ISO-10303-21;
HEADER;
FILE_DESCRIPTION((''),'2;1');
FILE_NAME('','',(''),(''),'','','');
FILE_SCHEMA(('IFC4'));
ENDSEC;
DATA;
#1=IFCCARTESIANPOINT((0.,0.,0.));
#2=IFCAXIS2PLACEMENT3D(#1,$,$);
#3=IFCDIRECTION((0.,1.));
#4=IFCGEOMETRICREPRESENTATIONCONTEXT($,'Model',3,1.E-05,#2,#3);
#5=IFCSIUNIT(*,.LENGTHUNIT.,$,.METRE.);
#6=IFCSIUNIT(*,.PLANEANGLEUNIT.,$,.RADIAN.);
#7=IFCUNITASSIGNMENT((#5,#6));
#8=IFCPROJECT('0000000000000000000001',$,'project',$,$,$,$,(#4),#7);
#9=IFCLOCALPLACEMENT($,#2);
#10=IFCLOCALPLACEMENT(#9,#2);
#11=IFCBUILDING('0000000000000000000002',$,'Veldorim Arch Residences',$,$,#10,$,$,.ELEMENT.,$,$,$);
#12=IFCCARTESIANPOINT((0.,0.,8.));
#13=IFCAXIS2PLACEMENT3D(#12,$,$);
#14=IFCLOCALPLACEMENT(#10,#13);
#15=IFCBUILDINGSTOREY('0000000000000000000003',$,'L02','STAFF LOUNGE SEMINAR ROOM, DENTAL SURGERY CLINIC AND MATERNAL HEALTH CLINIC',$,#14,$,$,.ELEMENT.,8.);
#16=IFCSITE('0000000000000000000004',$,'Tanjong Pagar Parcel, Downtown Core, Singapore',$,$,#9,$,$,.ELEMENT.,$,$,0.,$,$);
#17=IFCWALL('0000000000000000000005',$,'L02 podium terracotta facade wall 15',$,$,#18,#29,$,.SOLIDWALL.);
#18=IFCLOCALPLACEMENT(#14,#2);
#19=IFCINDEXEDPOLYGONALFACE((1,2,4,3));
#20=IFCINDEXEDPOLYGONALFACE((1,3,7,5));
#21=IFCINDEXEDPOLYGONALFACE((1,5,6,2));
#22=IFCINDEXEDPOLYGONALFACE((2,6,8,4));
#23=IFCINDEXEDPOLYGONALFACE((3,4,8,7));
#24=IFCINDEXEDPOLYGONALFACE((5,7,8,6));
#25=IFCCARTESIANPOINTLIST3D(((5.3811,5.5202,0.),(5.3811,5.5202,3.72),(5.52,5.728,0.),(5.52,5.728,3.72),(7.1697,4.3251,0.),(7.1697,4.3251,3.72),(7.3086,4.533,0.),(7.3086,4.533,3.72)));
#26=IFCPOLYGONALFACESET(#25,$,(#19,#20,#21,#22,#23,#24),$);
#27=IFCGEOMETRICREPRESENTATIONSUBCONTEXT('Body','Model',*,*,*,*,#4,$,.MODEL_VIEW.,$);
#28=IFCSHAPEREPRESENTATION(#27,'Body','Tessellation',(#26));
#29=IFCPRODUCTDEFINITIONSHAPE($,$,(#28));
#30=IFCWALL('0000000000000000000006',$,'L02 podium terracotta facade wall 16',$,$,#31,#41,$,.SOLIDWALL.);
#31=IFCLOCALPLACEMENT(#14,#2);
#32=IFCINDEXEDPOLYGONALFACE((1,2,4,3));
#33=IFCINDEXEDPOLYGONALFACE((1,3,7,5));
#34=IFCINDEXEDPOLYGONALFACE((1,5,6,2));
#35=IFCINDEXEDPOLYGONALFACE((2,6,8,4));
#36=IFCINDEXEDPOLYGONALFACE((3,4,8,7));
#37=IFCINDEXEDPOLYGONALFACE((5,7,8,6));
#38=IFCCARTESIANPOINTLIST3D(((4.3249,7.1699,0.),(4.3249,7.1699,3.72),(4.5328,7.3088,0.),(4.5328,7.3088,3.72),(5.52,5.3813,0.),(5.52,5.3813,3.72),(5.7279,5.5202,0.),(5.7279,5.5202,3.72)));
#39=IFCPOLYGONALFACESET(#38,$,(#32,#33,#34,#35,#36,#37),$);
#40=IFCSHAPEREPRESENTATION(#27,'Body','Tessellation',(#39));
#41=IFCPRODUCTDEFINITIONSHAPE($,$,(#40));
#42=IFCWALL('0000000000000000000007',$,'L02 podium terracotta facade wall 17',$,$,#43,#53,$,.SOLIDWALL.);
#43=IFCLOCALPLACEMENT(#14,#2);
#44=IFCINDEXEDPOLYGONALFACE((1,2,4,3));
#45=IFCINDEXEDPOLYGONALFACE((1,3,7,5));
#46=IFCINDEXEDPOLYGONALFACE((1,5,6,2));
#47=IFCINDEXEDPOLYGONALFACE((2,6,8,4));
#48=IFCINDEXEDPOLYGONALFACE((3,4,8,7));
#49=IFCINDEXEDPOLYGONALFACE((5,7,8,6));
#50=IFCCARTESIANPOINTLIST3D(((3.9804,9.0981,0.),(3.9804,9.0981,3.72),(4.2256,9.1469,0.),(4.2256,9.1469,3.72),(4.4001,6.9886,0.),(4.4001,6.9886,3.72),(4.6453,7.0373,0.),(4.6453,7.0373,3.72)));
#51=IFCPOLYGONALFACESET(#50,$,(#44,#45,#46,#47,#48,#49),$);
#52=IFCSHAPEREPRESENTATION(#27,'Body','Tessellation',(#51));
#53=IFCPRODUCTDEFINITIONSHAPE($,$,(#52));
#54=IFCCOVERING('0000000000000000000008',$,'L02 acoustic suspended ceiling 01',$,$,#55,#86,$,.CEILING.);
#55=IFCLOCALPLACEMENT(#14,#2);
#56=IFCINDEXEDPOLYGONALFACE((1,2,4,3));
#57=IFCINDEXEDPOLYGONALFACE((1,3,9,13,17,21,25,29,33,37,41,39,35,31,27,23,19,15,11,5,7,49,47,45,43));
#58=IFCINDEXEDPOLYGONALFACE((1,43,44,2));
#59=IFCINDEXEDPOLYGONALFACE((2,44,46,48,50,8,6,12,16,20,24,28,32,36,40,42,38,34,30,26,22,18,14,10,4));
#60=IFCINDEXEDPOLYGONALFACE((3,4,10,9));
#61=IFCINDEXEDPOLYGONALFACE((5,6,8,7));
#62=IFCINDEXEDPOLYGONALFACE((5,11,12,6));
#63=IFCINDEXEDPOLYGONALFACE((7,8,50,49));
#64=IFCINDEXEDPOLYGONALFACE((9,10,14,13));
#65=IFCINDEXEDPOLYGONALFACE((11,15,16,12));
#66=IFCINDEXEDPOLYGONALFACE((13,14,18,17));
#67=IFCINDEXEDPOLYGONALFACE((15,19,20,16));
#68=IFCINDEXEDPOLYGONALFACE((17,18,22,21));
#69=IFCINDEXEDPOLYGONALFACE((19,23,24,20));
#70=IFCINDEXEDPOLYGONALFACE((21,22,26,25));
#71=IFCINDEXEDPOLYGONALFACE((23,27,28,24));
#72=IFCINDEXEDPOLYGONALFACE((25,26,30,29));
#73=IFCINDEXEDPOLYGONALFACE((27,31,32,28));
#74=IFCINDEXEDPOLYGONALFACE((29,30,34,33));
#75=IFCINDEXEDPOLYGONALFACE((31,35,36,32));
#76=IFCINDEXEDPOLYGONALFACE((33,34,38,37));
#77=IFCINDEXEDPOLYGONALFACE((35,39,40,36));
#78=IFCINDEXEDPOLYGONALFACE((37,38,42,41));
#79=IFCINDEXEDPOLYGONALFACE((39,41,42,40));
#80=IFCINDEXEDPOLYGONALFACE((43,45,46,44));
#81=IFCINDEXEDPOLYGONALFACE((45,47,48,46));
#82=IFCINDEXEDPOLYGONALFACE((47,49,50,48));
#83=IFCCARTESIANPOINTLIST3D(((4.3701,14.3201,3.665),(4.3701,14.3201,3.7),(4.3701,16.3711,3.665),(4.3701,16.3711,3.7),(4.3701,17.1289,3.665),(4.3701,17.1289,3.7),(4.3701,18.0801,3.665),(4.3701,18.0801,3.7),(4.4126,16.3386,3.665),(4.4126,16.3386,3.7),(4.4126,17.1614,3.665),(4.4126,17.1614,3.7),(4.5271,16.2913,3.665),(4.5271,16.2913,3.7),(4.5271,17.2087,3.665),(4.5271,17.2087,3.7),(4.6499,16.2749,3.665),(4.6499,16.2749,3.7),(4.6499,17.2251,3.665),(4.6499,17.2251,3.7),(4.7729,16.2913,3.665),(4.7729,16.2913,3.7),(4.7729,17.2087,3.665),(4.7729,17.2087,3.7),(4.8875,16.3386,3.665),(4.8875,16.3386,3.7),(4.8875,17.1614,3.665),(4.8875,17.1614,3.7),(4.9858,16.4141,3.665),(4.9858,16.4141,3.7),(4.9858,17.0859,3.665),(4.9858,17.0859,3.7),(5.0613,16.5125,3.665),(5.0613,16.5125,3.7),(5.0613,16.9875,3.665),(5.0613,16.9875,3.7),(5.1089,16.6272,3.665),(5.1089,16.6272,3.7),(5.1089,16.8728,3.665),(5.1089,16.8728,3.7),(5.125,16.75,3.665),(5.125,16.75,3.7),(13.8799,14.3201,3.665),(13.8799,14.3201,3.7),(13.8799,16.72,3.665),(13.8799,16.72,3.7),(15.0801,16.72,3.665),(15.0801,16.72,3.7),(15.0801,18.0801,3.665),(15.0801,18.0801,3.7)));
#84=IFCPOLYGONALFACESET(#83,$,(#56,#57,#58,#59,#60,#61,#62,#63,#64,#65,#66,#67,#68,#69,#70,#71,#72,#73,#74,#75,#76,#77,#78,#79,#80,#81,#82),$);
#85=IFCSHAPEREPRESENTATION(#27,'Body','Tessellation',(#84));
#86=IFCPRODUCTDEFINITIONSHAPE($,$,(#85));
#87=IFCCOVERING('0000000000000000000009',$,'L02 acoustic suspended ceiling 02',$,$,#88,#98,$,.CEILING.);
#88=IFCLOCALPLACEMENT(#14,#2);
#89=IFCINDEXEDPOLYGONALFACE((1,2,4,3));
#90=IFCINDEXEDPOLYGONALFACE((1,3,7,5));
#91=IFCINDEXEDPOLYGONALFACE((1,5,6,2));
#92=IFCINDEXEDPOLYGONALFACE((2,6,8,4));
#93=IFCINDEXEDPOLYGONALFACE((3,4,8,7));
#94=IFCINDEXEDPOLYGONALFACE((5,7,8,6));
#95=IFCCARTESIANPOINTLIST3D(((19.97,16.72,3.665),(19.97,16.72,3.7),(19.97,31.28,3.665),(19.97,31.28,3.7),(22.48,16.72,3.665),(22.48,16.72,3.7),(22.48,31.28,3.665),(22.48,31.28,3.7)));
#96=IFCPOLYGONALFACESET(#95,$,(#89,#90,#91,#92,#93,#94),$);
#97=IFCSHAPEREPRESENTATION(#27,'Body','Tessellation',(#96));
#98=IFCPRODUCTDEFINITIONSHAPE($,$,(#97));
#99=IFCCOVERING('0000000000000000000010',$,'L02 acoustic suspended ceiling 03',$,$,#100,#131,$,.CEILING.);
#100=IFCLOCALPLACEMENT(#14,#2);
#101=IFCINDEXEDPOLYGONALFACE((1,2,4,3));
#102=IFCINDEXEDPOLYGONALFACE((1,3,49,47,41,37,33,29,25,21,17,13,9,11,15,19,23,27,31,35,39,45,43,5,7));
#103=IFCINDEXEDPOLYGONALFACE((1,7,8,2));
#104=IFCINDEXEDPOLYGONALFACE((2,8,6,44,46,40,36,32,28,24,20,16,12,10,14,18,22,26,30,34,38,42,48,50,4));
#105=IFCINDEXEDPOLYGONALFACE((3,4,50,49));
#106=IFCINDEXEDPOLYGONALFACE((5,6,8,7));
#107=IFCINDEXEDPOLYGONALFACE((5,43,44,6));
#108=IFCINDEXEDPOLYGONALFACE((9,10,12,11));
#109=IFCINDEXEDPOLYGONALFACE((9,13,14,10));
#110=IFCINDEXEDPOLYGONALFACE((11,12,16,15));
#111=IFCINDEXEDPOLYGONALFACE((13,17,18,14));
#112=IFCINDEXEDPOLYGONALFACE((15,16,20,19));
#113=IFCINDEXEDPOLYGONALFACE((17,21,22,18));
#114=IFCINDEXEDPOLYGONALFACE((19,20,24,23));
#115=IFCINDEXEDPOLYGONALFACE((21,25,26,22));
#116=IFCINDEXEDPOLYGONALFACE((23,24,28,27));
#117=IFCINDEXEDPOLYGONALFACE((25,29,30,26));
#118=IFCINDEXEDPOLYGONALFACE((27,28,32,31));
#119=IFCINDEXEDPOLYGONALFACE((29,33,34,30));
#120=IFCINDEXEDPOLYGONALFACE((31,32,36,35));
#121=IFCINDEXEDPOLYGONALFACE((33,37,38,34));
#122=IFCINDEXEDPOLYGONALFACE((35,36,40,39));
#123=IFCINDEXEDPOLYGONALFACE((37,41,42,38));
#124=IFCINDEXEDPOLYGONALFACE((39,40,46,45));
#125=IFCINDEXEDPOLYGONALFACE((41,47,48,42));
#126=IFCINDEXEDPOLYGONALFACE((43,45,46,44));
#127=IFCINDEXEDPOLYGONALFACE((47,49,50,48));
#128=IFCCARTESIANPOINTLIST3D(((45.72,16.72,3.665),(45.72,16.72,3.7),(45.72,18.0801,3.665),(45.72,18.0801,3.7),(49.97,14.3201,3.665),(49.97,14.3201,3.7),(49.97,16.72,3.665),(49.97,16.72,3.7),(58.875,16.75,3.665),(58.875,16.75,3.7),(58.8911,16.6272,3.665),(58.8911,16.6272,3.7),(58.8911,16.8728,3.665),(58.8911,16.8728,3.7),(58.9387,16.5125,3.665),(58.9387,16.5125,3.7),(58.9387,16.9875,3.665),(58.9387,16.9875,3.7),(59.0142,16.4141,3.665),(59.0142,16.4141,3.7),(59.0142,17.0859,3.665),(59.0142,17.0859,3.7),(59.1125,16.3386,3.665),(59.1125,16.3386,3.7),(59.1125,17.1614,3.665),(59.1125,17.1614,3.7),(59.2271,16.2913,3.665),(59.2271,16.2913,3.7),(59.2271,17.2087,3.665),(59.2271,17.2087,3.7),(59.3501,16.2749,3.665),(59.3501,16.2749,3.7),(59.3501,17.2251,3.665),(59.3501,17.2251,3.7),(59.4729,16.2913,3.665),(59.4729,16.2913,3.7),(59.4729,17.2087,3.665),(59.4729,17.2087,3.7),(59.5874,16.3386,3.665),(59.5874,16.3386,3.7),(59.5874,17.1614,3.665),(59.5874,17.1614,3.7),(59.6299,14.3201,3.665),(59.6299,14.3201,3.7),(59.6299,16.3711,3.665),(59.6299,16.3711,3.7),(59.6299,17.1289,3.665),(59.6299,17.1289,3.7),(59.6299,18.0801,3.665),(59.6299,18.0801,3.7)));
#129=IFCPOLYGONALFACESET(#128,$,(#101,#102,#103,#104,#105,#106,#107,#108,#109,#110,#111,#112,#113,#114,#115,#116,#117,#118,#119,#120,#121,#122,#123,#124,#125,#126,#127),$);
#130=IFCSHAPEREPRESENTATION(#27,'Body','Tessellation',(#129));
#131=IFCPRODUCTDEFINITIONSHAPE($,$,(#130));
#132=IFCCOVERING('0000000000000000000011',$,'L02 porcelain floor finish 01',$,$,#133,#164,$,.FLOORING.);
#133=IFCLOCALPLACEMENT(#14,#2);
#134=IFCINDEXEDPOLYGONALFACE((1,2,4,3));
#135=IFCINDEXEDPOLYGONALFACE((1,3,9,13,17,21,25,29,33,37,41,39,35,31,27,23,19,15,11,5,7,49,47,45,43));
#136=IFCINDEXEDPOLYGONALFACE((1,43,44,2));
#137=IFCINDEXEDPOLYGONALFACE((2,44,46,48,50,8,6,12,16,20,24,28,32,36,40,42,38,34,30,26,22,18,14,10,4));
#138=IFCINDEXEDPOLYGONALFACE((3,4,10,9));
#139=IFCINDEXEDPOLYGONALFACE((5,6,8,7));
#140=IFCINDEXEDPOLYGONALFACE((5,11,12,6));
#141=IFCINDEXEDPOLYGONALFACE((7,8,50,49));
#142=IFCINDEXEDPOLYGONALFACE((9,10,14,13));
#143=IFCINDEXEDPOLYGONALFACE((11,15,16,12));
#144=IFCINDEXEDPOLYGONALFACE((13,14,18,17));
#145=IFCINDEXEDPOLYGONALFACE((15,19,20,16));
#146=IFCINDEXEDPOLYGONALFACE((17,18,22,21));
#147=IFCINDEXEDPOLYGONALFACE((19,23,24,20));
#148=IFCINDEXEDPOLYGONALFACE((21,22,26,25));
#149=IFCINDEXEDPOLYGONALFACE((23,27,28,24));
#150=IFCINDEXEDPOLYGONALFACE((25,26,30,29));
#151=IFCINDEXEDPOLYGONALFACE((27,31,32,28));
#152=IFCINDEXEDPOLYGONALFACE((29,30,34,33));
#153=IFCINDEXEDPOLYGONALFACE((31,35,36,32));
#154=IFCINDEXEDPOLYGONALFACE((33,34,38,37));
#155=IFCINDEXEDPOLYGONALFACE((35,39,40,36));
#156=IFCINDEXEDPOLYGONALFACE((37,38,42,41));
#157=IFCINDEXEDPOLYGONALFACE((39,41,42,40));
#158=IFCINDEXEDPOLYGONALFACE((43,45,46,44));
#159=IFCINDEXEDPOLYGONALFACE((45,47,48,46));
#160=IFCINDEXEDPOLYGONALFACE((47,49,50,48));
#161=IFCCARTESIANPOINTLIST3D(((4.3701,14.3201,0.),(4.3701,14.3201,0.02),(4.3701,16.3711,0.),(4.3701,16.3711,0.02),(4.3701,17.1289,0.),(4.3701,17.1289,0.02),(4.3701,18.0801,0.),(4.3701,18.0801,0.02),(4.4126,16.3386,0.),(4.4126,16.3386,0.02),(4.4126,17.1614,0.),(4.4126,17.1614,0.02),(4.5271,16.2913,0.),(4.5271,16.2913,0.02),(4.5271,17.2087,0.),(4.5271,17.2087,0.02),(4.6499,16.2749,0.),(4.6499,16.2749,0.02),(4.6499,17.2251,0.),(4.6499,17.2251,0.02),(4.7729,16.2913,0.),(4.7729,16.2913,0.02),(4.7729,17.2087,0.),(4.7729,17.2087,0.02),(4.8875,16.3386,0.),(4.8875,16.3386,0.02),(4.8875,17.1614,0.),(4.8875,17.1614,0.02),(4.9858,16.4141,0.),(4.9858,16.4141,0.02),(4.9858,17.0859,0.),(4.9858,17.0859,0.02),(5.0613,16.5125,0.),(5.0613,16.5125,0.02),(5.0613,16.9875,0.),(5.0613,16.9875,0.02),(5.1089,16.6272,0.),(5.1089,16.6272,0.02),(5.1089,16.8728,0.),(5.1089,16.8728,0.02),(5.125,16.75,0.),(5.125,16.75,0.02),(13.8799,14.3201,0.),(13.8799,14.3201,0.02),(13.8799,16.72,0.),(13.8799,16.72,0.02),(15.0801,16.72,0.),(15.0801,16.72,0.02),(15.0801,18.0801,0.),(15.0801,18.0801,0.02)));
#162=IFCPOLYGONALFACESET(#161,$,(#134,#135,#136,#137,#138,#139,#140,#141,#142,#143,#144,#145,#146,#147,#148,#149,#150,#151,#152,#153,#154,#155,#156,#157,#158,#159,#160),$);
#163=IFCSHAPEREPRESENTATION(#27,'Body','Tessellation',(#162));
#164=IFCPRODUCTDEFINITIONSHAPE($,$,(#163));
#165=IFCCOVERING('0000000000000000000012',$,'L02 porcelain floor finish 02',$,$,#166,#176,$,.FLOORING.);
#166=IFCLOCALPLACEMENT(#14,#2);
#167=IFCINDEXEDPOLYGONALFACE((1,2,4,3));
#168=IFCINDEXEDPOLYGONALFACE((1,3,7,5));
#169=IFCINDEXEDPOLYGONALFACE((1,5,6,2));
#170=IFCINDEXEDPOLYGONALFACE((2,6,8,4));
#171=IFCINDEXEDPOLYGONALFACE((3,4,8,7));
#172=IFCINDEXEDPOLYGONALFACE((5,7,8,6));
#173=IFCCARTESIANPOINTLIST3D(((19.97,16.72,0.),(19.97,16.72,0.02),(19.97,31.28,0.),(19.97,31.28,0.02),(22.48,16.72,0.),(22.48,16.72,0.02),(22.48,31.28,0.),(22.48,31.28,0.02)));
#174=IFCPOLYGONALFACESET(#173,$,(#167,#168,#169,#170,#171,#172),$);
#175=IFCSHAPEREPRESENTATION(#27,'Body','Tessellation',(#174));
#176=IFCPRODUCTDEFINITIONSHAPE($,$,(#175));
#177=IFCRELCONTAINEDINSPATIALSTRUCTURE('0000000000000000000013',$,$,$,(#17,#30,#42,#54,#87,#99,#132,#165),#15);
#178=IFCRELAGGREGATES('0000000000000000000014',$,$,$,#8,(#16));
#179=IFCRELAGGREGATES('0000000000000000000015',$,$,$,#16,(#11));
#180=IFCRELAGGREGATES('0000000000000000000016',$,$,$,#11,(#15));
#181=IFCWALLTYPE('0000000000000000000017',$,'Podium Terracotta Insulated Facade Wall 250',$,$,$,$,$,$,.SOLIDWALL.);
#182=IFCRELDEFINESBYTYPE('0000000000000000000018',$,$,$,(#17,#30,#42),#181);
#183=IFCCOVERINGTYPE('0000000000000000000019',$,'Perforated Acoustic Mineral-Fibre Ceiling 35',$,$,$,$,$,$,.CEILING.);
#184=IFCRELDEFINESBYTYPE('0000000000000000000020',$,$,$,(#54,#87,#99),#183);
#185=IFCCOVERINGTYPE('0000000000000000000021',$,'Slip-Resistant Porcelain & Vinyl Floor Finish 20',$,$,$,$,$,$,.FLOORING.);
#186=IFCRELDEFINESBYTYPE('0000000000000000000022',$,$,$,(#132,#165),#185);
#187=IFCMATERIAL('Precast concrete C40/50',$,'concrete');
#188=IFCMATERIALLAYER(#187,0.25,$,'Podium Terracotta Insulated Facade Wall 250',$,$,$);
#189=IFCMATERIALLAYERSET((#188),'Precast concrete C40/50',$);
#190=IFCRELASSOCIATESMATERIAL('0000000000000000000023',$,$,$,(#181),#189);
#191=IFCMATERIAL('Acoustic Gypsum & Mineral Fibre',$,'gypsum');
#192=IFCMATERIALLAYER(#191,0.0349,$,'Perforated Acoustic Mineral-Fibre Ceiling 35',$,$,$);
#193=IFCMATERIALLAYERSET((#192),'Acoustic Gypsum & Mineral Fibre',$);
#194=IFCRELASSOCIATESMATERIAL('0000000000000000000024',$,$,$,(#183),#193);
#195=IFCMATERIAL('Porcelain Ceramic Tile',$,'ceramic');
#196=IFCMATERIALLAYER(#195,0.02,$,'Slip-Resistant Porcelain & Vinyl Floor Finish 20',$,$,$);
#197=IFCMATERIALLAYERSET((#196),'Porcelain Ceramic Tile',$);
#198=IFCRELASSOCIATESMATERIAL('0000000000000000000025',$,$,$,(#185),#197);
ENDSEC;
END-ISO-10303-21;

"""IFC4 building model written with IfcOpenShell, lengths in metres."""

from ifc_helpers import new_model, si_unit, direction, frame, frame_2d, origin, place, context, subcontext, project, spatial, polyline, rectangle, outline, extrude, material, layer, layer_set, type_object, element, save


model = new_model("IFC4")

# Units and contexts
model_context = context("Model", 3, precision=1e-05, world=origin(), true_north=direction((0.0, 1.0)))
body_context = subcontext(model_context, "Body", "Model", "MODEL_VIEW")
ifc_project = project(units=[si_unit("LENGTHUNIT", "METRE"), si_unit("PLANEANGLEUNIT", "RADIAN")], contexts=[model_context])

# Site, building, storey
site_placement = place(None, origin())
site = spatial("IfcSite", under=ifc_project, at=site_placement, Name="Tanjong Pagar Parcel, Downtown Core, Singapore", CompositionType="ELEMENT", RefElevation=0.0)
building_placement = place(site_placement, origin())
building = spatial("IfcBuilding", under=site, at=building_placement, Name="Veldorim Arch Residences", CompositionType="ELEMENT")
storey_placement = place(building_placement, frame((0.0, 0.0, 8.0)))
storey = spatial("IfcBuildingStorey", under=building, at=storey_placement, Name="L02", Description="STAFF LOUNGE SEMINAR ROOM, DENTAL SURGERY CLINIC AND MATERNAL HEALTH CLINIC", CompositionType="ELEMENT", Elevation=8.0)

# Walls
ifc_material_1 = material(Name="Precast concrete C40/50", Category="concrete")
ifc_layer_1 = layer(ifc_material_1, 0.25, Name="Podium Terracotta Insulated Facade Wall 250")
ifc_layer_set_1 = layer_set([ifc_layer_1], Name="Precast concrete C40/50")
wall_type = type_object("IfcWallType", Name="Podium Terracotta Insulated Facade Wall 250", PredefinedType="SOLIDWALL", material=ifc_layer_set_1)
for number, where, z_axis, x_axis, name in (
    (1, (7.2393, 4.429, 0.0), (0.0, 0.0, 1.0), (-0.831474, 0.555564, 0.0), "L02 podium terracotta facade wall 15"),
    (2, (5.624, 5.4507, 0.0), (0.0, 0.0, 1.0), (-0.555564, 0.831474, 0.0), "L02 podium terracotta facade wall 16"),
):
    element("IfcWall", number, at=place(storey_placement, frame(where, z_axis=z_axis, x_axis=x_axis)), inside=storey, type_object=wall_type, Name=name, PredefinedType="SOLIDWALL", context=body_context, shape_type="SweptSolid", body=[
        extrude(rectangle(XDim=2.1511, YDim=0.25, at=frame_2d((1.0757, 0.0))), origin(), (0.0, 0.0, 1.0), 3.72),
    ])
wall_1_placement = place(storey_placement, frame((4.5227, 7.0129, 0.0), z_axis=(0.0, 0.0, 1.0), x_axis=(-0.195112, 0.980781, 0.0)))
element("IfcWall", 3, at=wall_1_placement, inside=storey, type_object=wall_type, Name="L02 podium terracotta facade wall 17", PredefinedType="SOLIDWALL", context=body_context, shape_type="SweptSolid", body=[
    extrude(rectangle(XDim=2.1509, YDim=0.25, at=frame_2d((1.0754, 0.0))), origin(), (0.0, 0.0, 1.0), 3.72),
])

# Coverings
ifc_material_2 = material(Name="Acoustic Gypsum & Mineral Fibre", Category="gypsum")
ifc_layer_2 = layer(ifc_material_2, 0.0349, Name="Perforated Acoustic Mineral-Fibre Ceiling 35")
ifc_layer_set_2 = layer_set([ifc_layer_2], Name="Acoustic Gypsum & Mineral Fibre")
covering_type_1 = type_object("IfcCoveringType", Name="Perforated Acoustic Mineral-Fibre Ceiling 35", PredefinedType="CEILING", material=ifc_layer_set_2)
covering_1_placement = place(storey_placement, frame((0.0, 0.0, 3.665)))
element("IfcCovering", 4, at=covering_1_placement, inside=storey, type_object=covering_type_1, Name="L02 acoustic suspended ceiling 01", PredefinedType="CEILING", context=body_context, shape_type="SweptSolid", body=[
    extrude(outline(polyline([(15.0801, 16.72), (13.8799, 16.72), (13.8799, 14.3201), (4.3701, 14.3201), (4.3701, 16.3711), (4.4126, 16.3386), (4.5271, 16.2913), (4.6499, 16.2749), (4.7729, 16.2913), (4.8875, 16.3386), (4.9858, 16.4141), (5.0613, 16.5125), (5.1089, 16.6272), (5.125, 16.75), (5.1089, 16.8728), (5.0613, 16.9875), (4.9858, 17.0859), (4.8875, 17.1614), (4.7729, 17.2087), (4.6499, 17.2251), (4.5271, 17.2087), (4.4126, 17.1614), (4.3701, 17.1289), (4.3701, 18.0801), (15.0801, 18.0801), (15.0801, 16.72)])), origin(), (0.0, 0.0, 1.0), 0.0349),
])
covering_2_placement = place(storey_placement, frame((0.0, 0.0, 3.665)))
element("IfcCovering", 5, at=covering_2_placement, inside=storey, type_object=covering_type_1, Name="L02 acoustic suspended ceiling 02", PredefinedType="CEILING", context=body_context, shape_type="SweptSolid", body=[
    extrude(outline(polyline([(22.48, 31.28), (22.48, 16.72), (19.97, 16.72), (19.97, 31.28), (22.48, 31.28)])), origin(), (0.0, 0.0, 1.0), 0.0349),
])
covering_3_placement = place(storey_placement, frame((0.0, 0.0, 3.665)))
element("IfcCovering", 6, at=covering_3_placement, inside=storey, type_object=covering_type_1, Name="L02 acoustic suspended ceiling 03", PredefinedType="CEILING", context=body_context, shape_type="SweptSolid", body=[
    extrude(outline(polyline([(49.97, 16.72), (45.72, 16.72), (45.72, 18.0801), (59.6299, 18.0801), (59.6299, 17.1289), (59.5874, 17.1614), (59.4729, 17.2087), (59.3501, 17.2251), (59.2271, 17.2087), (59.1125, 17.1614), (59.0142, 17.0859), (58.9387, 16.9875), (58.8911, 16.8728), (58.875, 16.75), (58.8911, 16.6272), (58.9387, 16.5125), (59.0142, 16.4141), (59.1125, 16.3386), (59.2271, 16.2913), (59.3501, 16.2749), (59.4729, 16.2913), (59.5874, 16.3386), (59.6299, 16.3711), (59.6299, 14.3201), (49.97, 14.3201), (49.97, 16.72)])), origin(), (0.0, 0.0, 1.0), 0.0349),
])
ifc_material_3 = material(Name="Porcelain Ceramic Tile", Category="ceramic")
ifc_layer_3 = layer(ifc_material_3, 0.02, Name="Slip-Resistant Porcelain & Vinyl Floor Finish 20")
ifc_layer_set_3 = layer_set([ifc_layer_3], Name="Porcelain Ceramic Tile")
covering_type_2 = type_object("IfcCoveringType", Name="Slip-Resistant Porcelain & Vinyl Floor Finish 20", PredefinedType="FLOORING", material=ifc_layer_set_3)
covering_4_placement = place(storey_placement, origin())
element("IfcCovering", 7, at=covering_4_placement, inside=storey, type_object=covering_type_2, Name="L02 porcelain floor finish 01", PredefinedType="FLOORING", context=body_context, shape_type="SweptSolid", body=[
    extrude(outline(polyline([(15.0801, 16.72), (13.8799, 16.72), (13.8799, 14.3201), (4.3701, 14.3201), (4.3701, 16.3711), (4.4126, 16.3386), (4.5271, 16.2913), (4.6499, 16.2749), (4.7729, 16.2913), (4.8875, 16.3386), (4.9858, 16.4141), (5.0613, 16.5125), (5.1089, 16.6272), (5.125, 16.75), (5.1089, 16.8728), (5.0613, 16.9875), (4.9858, 17.0859), (4.8875, 17.1614), (4.7729, 17.2087), (4.6499, 17.2251), (4.5271, 17.2087), (4.4126, 17.1614), (4.3701, 17.1289), (4.3701, 18.0801), (15.0801, 18.0801), (15.0801, 16.72)])), origin(), (0.0, 0.0, 1.0), 0.02),
])
covering_5_placement = place(storey_placement, origin())
element("IfcCovering", 8, at=covering_5_placement, inside=storey, type_object=covering_type_2, Name="L02 porcelain floor finish 02", PredefinedType="FLOORING", context=body_context, shape_type="SweptSolid", body=[
    extrude(outline(polyline([(22.48, 31.28), (22.48, 16.72), (19.97, 16.72), (19.97, 31.28), (22.48, 31.28)])), origin(), (0.0, 0.0, 1.0), 0.02),
])

save(model, "model.ifc")
